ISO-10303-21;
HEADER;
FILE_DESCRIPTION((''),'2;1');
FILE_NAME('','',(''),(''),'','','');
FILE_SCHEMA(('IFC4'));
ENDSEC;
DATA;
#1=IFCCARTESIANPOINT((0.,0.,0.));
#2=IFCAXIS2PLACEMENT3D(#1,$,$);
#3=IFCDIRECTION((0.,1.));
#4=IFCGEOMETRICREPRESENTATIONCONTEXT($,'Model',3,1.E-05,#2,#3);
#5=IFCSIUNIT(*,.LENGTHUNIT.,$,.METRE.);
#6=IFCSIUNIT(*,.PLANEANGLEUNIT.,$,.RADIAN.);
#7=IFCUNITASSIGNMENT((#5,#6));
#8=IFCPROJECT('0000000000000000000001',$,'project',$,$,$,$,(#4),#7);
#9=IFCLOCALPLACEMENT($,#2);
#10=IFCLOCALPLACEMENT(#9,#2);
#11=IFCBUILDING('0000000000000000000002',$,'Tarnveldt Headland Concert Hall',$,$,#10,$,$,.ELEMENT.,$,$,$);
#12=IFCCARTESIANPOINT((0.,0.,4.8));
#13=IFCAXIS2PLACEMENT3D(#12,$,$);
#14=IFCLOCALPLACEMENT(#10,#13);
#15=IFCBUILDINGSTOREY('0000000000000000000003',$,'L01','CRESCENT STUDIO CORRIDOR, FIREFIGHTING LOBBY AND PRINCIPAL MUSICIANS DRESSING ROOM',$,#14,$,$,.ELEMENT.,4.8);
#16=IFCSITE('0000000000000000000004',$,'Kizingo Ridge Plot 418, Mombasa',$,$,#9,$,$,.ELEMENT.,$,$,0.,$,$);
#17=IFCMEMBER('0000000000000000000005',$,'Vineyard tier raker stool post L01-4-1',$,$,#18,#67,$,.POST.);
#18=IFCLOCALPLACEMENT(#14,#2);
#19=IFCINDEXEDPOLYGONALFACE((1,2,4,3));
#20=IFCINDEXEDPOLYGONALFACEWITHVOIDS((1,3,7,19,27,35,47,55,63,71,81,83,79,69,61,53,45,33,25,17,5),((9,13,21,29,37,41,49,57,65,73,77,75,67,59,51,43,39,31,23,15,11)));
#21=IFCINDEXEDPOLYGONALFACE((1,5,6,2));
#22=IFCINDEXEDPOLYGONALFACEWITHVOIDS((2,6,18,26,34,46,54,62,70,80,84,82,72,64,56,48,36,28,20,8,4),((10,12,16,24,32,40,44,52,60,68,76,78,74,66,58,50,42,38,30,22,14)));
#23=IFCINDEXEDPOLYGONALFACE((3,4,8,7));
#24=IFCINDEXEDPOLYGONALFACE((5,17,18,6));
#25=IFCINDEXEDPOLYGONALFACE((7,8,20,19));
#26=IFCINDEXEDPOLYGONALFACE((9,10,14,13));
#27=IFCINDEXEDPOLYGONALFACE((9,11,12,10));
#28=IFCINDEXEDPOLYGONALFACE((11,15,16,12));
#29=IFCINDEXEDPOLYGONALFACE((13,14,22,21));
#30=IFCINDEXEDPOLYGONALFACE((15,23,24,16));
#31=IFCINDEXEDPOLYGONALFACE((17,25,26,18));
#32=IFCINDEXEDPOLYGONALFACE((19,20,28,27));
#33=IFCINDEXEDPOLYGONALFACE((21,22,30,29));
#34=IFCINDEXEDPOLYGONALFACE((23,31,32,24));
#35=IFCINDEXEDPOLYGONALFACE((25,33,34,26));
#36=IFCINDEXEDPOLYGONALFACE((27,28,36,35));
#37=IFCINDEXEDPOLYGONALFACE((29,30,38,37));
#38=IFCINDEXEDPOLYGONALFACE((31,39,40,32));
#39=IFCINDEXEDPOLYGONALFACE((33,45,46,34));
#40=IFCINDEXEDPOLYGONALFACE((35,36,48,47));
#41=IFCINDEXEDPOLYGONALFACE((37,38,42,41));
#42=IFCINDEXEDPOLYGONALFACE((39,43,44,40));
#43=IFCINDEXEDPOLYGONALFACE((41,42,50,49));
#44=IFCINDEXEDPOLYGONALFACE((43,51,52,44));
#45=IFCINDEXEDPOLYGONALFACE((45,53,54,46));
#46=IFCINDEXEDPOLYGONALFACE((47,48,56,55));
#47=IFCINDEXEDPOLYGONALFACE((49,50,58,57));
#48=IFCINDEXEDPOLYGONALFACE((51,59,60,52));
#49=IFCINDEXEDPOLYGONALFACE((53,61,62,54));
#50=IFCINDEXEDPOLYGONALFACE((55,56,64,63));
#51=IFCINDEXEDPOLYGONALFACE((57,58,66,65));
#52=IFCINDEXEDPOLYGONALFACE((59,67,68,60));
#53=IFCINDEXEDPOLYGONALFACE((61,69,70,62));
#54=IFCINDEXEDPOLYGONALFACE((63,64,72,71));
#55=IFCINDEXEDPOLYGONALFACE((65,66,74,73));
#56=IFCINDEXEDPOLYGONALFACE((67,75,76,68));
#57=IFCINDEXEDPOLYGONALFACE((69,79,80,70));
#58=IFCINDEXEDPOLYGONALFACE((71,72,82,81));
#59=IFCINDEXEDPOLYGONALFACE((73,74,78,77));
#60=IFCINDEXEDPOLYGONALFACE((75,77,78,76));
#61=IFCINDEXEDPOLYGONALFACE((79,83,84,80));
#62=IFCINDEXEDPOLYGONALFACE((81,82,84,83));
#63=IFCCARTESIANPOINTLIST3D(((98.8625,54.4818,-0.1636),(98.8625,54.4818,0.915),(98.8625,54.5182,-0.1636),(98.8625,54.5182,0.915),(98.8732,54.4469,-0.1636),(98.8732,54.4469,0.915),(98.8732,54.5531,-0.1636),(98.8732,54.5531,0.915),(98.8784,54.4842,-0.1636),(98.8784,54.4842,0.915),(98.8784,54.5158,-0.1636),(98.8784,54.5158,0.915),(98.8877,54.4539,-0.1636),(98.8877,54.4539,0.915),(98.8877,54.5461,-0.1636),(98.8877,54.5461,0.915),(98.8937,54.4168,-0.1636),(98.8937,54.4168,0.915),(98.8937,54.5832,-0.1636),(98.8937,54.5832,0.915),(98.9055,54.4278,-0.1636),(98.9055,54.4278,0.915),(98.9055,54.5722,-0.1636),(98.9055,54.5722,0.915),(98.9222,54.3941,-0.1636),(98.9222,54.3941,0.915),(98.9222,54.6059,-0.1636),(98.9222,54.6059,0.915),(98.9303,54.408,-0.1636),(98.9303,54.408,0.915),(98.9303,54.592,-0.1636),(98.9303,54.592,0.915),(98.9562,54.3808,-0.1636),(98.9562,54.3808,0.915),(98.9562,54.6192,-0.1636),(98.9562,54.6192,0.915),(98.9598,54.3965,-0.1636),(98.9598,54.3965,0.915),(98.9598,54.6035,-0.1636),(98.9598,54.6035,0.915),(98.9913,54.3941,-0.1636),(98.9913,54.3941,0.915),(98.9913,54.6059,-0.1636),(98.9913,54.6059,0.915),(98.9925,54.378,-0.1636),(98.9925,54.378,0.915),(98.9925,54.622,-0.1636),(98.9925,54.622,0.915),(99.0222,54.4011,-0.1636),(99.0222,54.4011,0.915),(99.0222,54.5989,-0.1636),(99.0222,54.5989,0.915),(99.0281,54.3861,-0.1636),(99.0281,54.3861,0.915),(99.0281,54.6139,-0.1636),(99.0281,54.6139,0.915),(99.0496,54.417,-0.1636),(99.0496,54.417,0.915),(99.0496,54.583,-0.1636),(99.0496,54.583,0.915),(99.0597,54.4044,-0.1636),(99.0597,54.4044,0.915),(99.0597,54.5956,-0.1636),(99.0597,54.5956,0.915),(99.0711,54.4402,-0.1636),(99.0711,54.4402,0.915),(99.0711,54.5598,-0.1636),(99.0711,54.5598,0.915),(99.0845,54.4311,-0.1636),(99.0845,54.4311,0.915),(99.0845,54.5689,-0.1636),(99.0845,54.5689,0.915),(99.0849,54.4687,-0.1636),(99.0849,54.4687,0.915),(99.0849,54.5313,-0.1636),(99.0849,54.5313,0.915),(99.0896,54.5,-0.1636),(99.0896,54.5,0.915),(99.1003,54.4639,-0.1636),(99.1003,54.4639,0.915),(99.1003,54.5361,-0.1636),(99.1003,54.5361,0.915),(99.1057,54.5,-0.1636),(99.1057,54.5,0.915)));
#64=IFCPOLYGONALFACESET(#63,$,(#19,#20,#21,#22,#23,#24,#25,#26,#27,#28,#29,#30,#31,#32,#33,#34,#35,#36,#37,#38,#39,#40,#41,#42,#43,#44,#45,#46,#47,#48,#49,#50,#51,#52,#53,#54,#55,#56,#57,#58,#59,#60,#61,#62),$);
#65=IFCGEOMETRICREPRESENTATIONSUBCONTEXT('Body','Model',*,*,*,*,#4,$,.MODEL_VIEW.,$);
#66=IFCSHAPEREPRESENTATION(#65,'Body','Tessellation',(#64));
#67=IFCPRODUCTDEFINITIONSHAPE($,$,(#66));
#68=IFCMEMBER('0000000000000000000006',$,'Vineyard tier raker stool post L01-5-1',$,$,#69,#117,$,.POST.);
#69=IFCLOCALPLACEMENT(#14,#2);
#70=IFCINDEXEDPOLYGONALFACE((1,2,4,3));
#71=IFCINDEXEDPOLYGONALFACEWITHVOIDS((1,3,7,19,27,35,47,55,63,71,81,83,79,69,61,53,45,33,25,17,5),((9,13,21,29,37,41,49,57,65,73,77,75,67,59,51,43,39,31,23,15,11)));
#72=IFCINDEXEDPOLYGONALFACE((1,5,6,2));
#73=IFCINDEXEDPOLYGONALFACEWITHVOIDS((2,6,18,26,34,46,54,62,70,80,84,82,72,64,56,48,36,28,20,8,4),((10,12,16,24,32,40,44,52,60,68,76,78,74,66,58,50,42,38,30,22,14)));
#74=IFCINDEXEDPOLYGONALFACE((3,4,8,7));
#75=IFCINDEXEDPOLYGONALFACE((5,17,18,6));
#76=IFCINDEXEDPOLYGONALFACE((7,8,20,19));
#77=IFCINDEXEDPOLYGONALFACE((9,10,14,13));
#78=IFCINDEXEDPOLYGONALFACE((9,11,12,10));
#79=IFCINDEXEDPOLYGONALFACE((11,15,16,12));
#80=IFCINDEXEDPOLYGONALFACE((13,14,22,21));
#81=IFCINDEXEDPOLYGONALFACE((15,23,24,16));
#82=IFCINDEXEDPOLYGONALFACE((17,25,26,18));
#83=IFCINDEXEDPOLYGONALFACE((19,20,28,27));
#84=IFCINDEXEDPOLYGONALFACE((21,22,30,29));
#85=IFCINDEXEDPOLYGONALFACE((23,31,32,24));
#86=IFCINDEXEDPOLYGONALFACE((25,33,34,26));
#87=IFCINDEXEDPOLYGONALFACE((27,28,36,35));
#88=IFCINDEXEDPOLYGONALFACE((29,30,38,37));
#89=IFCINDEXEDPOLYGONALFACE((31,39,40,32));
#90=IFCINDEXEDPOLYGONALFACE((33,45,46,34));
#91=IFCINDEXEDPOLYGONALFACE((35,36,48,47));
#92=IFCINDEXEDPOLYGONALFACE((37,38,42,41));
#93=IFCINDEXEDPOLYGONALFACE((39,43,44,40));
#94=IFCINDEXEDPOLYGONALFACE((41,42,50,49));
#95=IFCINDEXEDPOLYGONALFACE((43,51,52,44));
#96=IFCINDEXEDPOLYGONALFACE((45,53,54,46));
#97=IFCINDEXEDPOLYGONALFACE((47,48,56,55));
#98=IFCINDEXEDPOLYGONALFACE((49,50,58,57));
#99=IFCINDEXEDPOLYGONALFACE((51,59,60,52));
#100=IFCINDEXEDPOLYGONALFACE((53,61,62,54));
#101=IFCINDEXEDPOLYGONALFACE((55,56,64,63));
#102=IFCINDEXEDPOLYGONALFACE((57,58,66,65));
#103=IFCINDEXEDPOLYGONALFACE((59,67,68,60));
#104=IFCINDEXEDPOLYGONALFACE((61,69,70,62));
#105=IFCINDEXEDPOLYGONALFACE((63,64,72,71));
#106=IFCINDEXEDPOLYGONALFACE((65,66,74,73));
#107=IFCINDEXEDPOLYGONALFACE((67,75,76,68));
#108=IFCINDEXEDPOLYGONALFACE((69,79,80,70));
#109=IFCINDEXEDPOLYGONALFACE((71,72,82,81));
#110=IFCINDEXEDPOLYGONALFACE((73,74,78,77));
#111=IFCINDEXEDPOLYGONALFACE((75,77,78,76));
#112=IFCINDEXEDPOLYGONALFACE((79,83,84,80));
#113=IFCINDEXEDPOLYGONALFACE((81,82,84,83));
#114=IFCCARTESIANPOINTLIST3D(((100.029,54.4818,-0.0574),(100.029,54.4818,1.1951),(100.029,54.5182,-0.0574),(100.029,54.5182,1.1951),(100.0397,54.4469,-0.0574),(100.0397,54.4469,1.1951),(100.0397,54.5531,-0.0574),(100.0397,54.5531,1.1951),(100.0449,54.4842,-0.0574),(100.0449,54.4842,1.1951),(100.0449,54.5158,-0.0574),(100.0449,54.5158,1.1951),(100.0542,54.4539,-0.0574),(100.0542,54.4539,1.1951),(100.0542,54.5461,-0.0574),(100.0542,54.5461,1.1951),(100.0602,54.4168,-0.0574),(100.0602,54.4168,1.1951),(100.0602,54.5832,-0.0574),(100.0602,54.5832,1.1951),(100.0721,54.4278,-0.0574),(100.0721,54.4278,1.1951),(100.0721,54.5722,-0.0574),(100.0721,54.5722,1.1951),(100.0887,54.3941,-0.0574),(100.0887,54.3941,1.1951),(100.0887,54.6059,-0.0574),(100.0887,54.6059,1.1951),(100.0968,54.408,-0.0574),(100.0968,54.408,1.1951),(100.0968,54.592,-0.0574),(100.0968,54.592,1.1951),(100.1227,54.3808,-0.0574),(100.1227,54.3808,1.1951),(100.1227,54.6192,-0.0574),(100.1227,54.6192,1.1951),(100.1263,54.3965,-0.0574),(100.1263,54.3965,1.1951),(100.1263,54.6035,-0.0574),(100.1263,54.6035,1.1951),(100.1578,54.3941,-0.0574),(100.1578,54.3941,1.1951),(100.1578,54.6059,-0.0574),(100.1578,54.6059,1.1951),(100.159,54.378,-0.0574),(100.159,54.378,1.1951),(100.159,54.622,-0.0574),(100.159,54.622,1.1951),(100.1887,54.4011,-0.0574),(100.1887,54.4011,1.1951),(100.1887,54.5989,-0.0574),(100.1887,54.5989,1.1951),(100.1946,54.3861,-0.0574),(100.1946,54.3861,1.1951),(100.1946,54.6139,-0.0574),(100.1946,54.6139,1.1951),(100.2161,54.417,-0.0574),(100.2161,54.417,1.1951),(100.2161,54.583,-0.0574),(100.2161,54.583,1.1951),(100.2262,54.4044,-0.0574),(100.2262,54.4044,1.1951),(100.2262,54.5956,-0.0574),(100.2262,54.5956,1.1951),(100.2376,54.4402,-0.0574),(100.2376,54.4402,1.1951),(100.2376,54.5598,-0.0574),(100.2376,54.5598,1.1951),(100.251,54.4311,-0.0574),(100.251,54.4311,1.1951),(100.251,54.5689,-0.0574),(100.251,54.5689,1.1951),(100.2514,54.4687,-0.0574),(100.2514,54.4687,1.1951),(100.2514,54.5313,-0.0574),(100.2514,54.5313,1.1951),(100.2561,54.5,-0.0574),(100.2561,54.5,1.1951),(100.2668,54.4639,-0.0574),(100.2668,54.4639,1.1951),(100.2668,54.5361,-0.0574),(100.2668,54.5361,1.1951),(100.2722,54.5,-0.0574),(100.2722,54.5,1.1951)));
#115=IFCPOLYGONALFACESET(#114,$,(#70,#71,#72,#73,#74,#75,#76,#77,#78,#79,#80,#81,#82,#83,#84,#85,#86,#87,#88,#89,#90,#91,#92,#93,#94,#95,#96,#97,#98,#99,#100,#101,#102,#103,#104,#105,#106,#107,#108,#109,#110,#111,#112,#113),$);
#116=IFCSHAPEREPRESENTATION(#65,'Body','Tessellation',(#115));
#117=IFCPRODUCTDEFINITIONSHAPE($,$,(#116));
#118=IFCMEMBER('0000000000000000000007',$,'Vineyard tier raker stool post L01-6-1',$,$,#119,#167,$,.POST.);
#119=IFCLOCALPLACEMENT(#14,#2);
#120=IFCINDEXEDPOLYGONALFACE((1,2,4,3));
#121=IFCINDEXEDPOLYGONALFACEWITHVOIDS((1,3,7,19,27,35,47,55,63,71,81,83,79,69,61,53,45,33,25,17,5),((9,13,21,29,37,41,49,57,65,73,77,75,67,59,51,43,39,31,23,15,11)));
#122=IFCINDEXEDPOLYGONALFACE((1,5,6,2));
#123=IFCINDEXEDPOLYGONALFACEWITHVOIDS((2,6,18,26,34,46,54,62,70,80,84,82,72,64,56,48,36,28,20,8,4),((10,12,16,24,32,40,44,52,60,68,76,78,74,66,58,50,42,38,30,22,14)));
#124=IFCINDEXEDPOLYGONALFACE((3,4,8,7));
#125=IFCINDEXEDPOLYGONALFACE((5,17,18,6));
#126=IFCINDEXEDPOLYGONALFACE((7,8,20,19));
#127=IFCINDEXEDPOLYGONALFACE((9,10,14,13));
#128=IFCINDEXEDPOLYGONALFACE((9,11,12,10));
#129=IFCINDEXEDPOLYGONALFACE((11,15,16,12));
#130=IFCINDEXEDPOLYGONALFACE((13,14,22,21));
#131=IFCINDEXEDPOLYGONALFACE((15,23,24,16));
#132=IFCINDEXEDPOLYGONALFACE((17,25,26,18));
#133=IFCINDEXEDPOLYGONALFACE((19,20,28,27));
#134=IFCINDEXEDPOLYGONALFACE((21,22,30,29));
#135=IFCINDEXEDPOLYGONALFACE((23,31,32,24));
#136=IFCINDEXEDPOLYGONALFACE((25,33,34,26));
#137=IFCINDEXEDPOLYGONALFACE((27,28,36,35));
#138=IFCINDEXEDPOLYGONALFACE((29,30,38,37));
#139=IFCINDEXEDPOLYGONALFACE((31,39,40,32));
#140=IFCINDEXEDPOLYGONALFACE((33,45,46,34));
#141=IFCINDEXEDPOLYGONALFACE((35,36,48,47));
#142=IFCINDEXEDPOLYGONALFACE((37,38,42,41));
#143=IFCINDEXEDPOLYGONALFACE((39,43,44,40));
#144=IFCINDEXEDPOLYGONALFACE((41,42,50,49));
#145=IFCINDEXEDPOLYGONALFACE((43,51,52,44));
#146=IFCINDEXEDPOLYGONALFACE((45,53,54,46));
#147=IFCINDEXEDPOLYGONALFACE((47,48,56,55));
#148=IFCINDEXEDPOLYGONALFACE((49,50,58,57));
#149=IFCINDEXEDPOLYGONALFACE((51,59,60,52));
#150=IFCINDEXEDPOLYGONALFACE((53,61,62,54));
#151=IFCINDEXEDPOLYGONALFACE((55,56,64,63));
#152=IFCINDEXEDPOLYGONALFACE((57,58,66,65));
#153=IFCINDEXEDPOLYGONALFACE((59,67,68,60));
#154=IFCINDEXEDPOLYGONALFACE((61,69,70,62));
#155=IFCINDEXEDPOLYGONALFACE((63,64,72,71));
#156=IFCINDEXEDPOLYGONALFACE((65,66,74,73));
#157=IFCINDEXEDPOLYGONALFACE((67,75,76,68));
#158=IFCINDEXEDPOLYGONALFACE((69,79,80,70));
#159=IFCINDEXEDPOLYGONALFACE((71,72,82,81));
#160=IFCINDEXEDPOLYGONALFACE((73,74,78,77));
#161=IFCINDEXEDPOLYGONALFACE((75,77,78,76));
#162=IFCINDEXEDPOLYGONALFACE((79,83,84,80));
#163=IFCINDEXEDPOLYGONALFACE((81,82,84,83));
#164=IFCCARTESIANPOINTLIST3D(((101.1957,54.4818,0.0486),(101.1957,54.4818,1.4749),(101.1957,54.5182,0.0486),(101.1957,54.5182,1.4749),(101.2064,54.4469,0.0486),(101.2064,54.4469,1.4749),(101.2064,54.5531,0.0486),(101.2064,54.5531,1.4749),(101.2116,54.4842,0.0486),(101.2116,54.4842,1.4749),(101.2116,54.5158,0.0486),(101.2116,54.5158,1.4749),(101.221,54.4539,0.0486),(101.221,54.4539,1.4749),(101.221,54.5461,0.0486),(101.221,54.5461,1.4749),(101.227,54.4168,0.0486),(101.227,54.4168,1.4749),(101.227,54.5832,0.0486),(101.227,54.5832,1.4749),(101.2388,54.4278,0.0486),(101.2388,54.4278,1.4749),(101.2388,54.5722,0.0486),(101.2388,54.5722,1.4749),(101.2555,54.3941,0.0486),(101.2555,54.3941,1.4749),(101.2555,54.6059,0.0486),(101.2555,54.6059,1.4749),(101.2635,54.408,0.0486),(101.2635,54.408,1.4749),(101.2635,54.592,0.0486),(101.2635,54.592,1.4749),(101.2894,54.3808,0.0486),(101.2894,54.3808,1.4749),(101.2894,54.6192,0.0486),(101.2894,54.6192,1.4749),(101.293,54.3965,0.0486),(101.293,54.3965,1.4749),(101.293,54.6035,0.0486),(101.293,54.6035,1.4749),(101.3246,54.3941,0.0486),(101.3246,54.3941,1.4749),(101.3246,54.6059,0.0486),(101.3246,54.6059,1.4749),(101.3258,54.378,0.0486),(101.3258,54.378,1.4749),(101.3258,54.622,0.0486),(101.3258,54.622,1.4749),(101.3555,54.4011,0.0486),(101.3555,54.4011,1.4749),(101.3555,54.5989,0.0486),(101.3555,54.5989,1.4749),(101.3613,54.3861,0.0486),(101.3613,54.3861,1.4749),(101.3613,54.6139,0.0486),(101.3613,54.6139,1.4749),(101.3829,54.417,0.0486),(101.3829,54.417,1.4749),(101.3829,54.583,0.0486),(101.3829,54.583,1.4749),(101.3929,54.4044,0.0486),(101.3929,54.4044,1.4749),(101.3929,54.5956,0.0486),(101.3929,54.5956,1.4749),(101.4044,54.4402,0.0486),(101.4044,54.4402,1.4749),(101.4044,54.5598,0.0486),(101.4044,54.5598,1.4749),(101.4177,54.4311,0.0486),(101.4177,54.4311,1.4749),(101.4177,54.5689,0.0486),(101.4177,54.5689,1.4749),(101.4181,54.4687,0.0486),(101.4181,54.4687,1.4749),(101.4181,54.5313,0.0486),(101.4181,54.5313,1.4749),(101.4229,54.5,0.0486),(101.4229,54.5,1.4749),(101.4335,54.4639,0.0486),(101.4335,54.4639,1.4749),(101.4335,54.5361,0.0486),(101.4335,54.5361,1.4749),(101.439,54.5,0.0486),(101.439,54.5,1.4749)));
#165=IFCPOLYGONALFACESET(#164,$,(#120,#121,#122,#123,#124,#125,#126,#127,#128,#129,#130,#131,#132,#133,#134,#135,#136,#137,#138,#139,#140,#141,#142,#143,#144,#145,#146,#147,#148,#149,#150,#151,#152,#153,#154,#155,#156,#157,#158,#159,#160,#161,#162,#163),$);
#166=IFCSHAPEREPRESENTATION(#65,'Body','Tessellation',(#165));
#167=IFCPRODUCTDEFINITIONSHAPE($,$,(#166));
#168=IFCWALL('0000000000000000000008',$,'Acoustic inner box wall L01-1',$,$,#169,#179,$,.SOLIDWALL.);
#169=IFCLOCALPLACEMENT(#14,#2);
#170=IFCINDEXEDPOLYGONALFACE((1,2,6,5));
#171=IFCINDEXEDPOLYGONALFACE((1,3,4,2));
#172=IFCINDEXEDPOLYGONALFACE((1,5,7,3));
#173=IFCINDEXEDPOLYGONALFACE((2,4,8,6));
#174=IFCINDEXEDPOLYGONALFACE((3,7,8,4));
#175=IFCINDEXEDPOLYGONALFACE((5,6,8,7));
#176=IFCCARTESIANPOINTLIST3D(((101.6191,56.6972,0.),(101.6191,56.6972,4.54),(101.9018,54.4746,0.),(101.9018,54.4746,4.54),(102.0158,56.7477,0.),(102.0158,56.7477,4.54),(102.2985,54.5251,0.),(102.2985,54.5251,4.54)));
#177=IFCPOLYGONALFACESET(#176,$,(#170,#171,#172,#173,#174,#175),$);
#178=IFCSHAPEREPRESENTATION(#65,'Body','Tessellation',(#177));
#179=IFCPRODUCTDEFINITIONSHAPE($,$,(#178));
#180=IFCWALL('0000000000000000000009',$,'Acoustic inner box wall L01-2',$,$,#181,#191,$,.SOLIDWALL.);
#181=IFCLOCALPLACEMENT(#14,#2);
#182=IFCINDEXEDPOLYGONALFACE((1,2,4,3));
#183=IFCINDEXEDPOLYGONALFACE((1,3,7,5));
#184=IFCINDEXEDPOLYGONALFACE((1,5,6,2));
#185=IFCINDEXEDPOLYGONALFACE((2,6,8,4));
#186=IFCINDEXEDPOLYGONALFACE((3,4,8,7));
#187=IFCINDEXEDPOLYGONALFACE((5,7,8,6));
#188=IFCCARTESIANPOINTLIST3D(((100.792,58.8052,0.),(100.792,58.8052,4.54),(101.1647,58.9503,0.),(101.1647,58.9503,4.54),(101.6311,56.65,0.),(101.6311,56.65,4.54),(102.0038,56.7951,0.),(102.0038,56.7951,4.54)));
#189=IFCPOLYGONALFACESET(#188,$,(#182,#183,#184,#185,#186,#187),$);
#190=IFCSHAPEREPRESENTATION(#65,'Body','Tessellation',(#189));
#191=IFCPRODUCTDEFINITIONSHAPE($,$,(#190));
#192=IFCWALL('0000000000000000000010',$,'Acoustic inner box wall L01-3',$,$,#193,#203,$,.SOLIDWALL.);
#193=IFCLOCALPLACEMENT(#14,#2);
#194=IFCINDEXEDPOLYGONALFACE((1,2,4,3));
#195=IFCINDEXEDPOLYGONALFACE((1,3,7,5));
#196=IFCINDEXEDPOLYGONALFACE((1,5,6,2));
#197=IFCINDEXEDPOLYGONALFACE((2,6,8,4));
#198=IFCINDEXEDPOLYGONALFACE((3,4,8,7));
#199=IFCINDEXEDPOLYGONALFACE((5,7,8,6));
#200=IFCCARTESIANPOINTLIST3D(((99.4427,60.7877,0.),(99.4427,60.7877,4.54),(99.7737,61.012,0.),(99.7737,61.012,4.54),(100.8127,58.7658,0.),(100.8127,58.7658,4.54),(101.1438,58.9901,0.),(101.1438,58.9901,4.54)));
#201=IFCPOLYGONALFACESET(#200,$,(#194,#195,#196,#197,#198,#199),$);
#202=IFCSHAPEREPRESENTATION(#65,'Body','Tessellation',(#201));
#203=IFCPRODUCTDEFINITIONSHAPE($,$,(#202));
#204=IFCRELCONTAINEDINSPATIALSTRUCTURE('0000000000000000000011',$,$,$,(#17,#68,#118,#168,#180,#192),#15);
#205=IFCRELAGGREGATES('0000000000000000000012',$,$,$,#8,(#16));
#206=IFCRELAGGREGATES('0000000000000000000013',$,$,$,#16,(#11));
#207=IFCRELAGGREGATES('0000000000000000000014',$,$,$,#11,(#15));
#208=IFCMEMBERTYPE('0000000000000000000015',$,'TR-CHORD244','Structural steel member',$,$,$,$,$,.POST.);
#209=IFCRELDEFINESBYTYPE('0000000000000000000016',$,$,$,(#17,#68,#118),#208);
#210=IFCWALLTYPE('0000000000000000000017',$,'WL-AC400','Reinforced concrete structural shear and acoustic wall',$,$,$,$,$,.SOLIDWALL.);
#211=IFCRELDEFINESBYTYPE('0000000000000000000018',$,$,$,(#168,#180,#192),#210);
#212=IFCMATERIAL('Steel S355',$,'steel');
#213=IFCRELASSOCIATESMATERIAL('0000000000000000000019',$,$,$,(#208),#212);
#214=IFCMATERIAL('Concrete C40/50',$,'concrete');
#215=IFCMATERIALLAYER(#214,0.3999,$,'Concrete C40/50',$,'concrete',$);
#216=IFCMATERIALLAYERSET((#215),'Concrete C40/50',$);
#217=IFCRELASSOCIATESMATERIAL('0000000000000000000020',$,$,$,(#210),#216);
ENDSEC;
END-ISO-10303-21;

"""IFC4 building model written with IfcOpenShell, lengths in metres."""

from ifc_helpers import new_model, si_unit, direction, frame, frame_2d, origin, origin_2d, place, context, subcontext, project, spatial, rectangle, hollow_circle, extrude, material, layer, layer_set, material_profile, profile_set, type_object, element, save


model = new_model("IFC4")

# Units and contexts
model_context = context("Model", 3, precision=1e-05, world=origin(), true_north=direction((0.0, 1.0)))
body_context = subcontext(model_context, "Body", "Model", "MODEL_VIEW")
ifc_project = project(units=[si_unit("LENGTHUNIT", "METRE"), si_unit("PLANEANGLEUNIT", "RADIAN")], contexts=[model_context])

# Site, building, storey
site_placement = place(None, origin())
site = spatial("IfcSite", under=ifc_project, at=site_placement, Name="Kizingo Ridge Plot 418, Mombasa", CompositionType="ELEMENT", RefElevation=0.0)
building_placement = place(site_placement, origin())
building = spatial("IfcBuilding", under=site, at=building_placement, Name="Tarnveldt Headland Concert Hall", CompositionType="ELEMENT")
storey_placement = place(building_placement, frame((0.0, 0.0, 4.8)))
storey = spatial("IfcBuildingStorey", under=building, at=storey_placement, Name="L01", Description="CRESCENT STUDIO CORRIDOR, FIREFIGHTING LOBBY AND PRINCIPAL MUSICIANS DRESSING ROOM", CompositionType="ELEMENT", Elevation=4.8)

# Shared definitions
ifc_material_1 = material(Name="Concrete C40/50", Category="concrete")

# Shared definitions
ifc_material_2 = material(Name="Steel S355", Category="steel")

# Members
ifc_material_profile_1 = material_profile(ifc_material_2, hollow_circle(Radius=0.1223, WallThickness=0.0161, at=origin_2d()), Name="CHS 244.5x16", Category="steel")
ifc_profile_set_1 = profile_set([ifc_material_profile_1], Name="Steel S355")
member_type = type_object("IfcMemberType", Name="TR-CHORD244", Description="Structural steel member", PredefinedType="POST", material=ifc_profile_set_1)
member_1_placement = place(storey_placement, frame((98.9834, 54.5, -0.1636), z_axis=(0.0, 0.0, 1.0), x_axis=(1.0, 0.0, 0.0)))
element("IfcMember", 1, at=member_1_placement, inside=storey, type_object=member_type, Name="Vineyard tier raker stool post L01-4-1", PredefinedType="POST", context=body_context, shape_type="SweptSolid", body=[
    extrude(hollow_circle(Radius=0.1223, WallThickness=0.0161, at=origin_2d()), origin(), (0.0, 0.0, 1.0), 1.0786),
])
member_2_placement = place(storey_placement, frame((100.1499, 54.5, -0.0574), z_axis=(0.0, 0.0, 1.0), x_axis=(1.0, 0.0, 0.0)))
element("IfcMember", 2, at=member_2_placement, inside=storey, type_object=member_type, Name="Vineyard tier raker stool post L01-5-1", PredefinedType="POST", context=body_context, shape_type="SweptSolid", body=[
    extrude(hollow_circle(Radius=0.1223, WallThickness=0.0161, at=origin_2d()), origin(), (0.0, 0.0, 1.0), 1.2524),
])
member_3_placement = place(storey_placement, frame((101.3167, 54.5, 0.0486), z_axis=(0.0, 0.0, 1.0), x_axis=(1.0, 0.0, 0.0)))
element("IfcMember", 3, at=member_3_placement, inside=storey, type_object=member_type, Name="Vineyard tier raker stool post L01-6-1", PredefinedType="POST", context=body_context, shape_type="SweptSolid", body=[
    extrude(hollow_circle(Radius=0.1223, WallThickness=0.0161, at=origin_2d()), origin(), (0.0, 0.0, 1.0), 1.4263),
])

# Walls
ifc_layer_1 = layer(ifc_material_1, 0.3999, Name="Concrete C40/50", Category="concrete")
ifc_layer_set_1 = layer_set([ifc_layer_1], Name="Concrete C40/50")
wall_type_1 = type_object("IfcWallType", Name="WL-AC400", Description="Reinforced concrete structural shear and acoustic wall", PredefinedType="SOLIDWALL", material=ifc_layer_set_1)
wall_1_placement = place(storey_placement, frame((102.1001, 54.5, 0.0), z_axis=(0.0, 0.0, 1.0), x_axis=(-0.12618, 0.992007, 0.0)))
element("IfcWall", 4, at=wall_1_placement, inside=storey, type_object=wall_type_1, Name="Acoustic inner box wall L01-1", PredefinedType="SOLIDWALL", context=body_context, shape_type="SweptSolid", body=[
    extrude(rectangle(XDim=2.2405, YDim=0.3999, at=frame_2d((1.1201, 0.0))), origin(), (0.0, 0.0, 1.0), 4.54),
])
wall_2_placement = place(storey_placement, frame((101.8174, 56.7227, 0.0), z_axis=(0.0, 0.0, 1.0), x_axis=(-0.362803, 0.931866, 0.0)))
element("IfcWall", 5, at=wall_2_placement, inside=storey, type_object=wall_type_1, Name="Acoustic inner box wall L01-2", PredefinedType="SOLIDWALL", context=body_context, shape_type="SweptSolid", body=[
    extrude(rectangle(XDim=2.3127, YDim=0.3999, at=frame_2d((1.1562, 0.0))), origin(), (0.0, 0.0, 1.0), 4.54),
])
wall_3_placement = place(storey_placement, frame((100.9783, 58.8779, 0.0), z_axis=(0.0, 0.0, 1.0), x_axis=(-0.560959, 0.827844, 0.0)))
element("IfcWall", 6, at=wall_3_placement, inside=storey, type_object=wall_type_1, Name="Acoustic inner box wall L01-3", PredefinedType="SOLIDWALL", context=body_context, shape_type="SweptSolid", body=[
    extrude(rectangle(XDim=2.4424, YDim=0.3999, at=frame_2d((1.2212, 0.0))), origin(), (0.0, 0.0, 1.0), 4.54),
])

save(model, "model.ifc")
